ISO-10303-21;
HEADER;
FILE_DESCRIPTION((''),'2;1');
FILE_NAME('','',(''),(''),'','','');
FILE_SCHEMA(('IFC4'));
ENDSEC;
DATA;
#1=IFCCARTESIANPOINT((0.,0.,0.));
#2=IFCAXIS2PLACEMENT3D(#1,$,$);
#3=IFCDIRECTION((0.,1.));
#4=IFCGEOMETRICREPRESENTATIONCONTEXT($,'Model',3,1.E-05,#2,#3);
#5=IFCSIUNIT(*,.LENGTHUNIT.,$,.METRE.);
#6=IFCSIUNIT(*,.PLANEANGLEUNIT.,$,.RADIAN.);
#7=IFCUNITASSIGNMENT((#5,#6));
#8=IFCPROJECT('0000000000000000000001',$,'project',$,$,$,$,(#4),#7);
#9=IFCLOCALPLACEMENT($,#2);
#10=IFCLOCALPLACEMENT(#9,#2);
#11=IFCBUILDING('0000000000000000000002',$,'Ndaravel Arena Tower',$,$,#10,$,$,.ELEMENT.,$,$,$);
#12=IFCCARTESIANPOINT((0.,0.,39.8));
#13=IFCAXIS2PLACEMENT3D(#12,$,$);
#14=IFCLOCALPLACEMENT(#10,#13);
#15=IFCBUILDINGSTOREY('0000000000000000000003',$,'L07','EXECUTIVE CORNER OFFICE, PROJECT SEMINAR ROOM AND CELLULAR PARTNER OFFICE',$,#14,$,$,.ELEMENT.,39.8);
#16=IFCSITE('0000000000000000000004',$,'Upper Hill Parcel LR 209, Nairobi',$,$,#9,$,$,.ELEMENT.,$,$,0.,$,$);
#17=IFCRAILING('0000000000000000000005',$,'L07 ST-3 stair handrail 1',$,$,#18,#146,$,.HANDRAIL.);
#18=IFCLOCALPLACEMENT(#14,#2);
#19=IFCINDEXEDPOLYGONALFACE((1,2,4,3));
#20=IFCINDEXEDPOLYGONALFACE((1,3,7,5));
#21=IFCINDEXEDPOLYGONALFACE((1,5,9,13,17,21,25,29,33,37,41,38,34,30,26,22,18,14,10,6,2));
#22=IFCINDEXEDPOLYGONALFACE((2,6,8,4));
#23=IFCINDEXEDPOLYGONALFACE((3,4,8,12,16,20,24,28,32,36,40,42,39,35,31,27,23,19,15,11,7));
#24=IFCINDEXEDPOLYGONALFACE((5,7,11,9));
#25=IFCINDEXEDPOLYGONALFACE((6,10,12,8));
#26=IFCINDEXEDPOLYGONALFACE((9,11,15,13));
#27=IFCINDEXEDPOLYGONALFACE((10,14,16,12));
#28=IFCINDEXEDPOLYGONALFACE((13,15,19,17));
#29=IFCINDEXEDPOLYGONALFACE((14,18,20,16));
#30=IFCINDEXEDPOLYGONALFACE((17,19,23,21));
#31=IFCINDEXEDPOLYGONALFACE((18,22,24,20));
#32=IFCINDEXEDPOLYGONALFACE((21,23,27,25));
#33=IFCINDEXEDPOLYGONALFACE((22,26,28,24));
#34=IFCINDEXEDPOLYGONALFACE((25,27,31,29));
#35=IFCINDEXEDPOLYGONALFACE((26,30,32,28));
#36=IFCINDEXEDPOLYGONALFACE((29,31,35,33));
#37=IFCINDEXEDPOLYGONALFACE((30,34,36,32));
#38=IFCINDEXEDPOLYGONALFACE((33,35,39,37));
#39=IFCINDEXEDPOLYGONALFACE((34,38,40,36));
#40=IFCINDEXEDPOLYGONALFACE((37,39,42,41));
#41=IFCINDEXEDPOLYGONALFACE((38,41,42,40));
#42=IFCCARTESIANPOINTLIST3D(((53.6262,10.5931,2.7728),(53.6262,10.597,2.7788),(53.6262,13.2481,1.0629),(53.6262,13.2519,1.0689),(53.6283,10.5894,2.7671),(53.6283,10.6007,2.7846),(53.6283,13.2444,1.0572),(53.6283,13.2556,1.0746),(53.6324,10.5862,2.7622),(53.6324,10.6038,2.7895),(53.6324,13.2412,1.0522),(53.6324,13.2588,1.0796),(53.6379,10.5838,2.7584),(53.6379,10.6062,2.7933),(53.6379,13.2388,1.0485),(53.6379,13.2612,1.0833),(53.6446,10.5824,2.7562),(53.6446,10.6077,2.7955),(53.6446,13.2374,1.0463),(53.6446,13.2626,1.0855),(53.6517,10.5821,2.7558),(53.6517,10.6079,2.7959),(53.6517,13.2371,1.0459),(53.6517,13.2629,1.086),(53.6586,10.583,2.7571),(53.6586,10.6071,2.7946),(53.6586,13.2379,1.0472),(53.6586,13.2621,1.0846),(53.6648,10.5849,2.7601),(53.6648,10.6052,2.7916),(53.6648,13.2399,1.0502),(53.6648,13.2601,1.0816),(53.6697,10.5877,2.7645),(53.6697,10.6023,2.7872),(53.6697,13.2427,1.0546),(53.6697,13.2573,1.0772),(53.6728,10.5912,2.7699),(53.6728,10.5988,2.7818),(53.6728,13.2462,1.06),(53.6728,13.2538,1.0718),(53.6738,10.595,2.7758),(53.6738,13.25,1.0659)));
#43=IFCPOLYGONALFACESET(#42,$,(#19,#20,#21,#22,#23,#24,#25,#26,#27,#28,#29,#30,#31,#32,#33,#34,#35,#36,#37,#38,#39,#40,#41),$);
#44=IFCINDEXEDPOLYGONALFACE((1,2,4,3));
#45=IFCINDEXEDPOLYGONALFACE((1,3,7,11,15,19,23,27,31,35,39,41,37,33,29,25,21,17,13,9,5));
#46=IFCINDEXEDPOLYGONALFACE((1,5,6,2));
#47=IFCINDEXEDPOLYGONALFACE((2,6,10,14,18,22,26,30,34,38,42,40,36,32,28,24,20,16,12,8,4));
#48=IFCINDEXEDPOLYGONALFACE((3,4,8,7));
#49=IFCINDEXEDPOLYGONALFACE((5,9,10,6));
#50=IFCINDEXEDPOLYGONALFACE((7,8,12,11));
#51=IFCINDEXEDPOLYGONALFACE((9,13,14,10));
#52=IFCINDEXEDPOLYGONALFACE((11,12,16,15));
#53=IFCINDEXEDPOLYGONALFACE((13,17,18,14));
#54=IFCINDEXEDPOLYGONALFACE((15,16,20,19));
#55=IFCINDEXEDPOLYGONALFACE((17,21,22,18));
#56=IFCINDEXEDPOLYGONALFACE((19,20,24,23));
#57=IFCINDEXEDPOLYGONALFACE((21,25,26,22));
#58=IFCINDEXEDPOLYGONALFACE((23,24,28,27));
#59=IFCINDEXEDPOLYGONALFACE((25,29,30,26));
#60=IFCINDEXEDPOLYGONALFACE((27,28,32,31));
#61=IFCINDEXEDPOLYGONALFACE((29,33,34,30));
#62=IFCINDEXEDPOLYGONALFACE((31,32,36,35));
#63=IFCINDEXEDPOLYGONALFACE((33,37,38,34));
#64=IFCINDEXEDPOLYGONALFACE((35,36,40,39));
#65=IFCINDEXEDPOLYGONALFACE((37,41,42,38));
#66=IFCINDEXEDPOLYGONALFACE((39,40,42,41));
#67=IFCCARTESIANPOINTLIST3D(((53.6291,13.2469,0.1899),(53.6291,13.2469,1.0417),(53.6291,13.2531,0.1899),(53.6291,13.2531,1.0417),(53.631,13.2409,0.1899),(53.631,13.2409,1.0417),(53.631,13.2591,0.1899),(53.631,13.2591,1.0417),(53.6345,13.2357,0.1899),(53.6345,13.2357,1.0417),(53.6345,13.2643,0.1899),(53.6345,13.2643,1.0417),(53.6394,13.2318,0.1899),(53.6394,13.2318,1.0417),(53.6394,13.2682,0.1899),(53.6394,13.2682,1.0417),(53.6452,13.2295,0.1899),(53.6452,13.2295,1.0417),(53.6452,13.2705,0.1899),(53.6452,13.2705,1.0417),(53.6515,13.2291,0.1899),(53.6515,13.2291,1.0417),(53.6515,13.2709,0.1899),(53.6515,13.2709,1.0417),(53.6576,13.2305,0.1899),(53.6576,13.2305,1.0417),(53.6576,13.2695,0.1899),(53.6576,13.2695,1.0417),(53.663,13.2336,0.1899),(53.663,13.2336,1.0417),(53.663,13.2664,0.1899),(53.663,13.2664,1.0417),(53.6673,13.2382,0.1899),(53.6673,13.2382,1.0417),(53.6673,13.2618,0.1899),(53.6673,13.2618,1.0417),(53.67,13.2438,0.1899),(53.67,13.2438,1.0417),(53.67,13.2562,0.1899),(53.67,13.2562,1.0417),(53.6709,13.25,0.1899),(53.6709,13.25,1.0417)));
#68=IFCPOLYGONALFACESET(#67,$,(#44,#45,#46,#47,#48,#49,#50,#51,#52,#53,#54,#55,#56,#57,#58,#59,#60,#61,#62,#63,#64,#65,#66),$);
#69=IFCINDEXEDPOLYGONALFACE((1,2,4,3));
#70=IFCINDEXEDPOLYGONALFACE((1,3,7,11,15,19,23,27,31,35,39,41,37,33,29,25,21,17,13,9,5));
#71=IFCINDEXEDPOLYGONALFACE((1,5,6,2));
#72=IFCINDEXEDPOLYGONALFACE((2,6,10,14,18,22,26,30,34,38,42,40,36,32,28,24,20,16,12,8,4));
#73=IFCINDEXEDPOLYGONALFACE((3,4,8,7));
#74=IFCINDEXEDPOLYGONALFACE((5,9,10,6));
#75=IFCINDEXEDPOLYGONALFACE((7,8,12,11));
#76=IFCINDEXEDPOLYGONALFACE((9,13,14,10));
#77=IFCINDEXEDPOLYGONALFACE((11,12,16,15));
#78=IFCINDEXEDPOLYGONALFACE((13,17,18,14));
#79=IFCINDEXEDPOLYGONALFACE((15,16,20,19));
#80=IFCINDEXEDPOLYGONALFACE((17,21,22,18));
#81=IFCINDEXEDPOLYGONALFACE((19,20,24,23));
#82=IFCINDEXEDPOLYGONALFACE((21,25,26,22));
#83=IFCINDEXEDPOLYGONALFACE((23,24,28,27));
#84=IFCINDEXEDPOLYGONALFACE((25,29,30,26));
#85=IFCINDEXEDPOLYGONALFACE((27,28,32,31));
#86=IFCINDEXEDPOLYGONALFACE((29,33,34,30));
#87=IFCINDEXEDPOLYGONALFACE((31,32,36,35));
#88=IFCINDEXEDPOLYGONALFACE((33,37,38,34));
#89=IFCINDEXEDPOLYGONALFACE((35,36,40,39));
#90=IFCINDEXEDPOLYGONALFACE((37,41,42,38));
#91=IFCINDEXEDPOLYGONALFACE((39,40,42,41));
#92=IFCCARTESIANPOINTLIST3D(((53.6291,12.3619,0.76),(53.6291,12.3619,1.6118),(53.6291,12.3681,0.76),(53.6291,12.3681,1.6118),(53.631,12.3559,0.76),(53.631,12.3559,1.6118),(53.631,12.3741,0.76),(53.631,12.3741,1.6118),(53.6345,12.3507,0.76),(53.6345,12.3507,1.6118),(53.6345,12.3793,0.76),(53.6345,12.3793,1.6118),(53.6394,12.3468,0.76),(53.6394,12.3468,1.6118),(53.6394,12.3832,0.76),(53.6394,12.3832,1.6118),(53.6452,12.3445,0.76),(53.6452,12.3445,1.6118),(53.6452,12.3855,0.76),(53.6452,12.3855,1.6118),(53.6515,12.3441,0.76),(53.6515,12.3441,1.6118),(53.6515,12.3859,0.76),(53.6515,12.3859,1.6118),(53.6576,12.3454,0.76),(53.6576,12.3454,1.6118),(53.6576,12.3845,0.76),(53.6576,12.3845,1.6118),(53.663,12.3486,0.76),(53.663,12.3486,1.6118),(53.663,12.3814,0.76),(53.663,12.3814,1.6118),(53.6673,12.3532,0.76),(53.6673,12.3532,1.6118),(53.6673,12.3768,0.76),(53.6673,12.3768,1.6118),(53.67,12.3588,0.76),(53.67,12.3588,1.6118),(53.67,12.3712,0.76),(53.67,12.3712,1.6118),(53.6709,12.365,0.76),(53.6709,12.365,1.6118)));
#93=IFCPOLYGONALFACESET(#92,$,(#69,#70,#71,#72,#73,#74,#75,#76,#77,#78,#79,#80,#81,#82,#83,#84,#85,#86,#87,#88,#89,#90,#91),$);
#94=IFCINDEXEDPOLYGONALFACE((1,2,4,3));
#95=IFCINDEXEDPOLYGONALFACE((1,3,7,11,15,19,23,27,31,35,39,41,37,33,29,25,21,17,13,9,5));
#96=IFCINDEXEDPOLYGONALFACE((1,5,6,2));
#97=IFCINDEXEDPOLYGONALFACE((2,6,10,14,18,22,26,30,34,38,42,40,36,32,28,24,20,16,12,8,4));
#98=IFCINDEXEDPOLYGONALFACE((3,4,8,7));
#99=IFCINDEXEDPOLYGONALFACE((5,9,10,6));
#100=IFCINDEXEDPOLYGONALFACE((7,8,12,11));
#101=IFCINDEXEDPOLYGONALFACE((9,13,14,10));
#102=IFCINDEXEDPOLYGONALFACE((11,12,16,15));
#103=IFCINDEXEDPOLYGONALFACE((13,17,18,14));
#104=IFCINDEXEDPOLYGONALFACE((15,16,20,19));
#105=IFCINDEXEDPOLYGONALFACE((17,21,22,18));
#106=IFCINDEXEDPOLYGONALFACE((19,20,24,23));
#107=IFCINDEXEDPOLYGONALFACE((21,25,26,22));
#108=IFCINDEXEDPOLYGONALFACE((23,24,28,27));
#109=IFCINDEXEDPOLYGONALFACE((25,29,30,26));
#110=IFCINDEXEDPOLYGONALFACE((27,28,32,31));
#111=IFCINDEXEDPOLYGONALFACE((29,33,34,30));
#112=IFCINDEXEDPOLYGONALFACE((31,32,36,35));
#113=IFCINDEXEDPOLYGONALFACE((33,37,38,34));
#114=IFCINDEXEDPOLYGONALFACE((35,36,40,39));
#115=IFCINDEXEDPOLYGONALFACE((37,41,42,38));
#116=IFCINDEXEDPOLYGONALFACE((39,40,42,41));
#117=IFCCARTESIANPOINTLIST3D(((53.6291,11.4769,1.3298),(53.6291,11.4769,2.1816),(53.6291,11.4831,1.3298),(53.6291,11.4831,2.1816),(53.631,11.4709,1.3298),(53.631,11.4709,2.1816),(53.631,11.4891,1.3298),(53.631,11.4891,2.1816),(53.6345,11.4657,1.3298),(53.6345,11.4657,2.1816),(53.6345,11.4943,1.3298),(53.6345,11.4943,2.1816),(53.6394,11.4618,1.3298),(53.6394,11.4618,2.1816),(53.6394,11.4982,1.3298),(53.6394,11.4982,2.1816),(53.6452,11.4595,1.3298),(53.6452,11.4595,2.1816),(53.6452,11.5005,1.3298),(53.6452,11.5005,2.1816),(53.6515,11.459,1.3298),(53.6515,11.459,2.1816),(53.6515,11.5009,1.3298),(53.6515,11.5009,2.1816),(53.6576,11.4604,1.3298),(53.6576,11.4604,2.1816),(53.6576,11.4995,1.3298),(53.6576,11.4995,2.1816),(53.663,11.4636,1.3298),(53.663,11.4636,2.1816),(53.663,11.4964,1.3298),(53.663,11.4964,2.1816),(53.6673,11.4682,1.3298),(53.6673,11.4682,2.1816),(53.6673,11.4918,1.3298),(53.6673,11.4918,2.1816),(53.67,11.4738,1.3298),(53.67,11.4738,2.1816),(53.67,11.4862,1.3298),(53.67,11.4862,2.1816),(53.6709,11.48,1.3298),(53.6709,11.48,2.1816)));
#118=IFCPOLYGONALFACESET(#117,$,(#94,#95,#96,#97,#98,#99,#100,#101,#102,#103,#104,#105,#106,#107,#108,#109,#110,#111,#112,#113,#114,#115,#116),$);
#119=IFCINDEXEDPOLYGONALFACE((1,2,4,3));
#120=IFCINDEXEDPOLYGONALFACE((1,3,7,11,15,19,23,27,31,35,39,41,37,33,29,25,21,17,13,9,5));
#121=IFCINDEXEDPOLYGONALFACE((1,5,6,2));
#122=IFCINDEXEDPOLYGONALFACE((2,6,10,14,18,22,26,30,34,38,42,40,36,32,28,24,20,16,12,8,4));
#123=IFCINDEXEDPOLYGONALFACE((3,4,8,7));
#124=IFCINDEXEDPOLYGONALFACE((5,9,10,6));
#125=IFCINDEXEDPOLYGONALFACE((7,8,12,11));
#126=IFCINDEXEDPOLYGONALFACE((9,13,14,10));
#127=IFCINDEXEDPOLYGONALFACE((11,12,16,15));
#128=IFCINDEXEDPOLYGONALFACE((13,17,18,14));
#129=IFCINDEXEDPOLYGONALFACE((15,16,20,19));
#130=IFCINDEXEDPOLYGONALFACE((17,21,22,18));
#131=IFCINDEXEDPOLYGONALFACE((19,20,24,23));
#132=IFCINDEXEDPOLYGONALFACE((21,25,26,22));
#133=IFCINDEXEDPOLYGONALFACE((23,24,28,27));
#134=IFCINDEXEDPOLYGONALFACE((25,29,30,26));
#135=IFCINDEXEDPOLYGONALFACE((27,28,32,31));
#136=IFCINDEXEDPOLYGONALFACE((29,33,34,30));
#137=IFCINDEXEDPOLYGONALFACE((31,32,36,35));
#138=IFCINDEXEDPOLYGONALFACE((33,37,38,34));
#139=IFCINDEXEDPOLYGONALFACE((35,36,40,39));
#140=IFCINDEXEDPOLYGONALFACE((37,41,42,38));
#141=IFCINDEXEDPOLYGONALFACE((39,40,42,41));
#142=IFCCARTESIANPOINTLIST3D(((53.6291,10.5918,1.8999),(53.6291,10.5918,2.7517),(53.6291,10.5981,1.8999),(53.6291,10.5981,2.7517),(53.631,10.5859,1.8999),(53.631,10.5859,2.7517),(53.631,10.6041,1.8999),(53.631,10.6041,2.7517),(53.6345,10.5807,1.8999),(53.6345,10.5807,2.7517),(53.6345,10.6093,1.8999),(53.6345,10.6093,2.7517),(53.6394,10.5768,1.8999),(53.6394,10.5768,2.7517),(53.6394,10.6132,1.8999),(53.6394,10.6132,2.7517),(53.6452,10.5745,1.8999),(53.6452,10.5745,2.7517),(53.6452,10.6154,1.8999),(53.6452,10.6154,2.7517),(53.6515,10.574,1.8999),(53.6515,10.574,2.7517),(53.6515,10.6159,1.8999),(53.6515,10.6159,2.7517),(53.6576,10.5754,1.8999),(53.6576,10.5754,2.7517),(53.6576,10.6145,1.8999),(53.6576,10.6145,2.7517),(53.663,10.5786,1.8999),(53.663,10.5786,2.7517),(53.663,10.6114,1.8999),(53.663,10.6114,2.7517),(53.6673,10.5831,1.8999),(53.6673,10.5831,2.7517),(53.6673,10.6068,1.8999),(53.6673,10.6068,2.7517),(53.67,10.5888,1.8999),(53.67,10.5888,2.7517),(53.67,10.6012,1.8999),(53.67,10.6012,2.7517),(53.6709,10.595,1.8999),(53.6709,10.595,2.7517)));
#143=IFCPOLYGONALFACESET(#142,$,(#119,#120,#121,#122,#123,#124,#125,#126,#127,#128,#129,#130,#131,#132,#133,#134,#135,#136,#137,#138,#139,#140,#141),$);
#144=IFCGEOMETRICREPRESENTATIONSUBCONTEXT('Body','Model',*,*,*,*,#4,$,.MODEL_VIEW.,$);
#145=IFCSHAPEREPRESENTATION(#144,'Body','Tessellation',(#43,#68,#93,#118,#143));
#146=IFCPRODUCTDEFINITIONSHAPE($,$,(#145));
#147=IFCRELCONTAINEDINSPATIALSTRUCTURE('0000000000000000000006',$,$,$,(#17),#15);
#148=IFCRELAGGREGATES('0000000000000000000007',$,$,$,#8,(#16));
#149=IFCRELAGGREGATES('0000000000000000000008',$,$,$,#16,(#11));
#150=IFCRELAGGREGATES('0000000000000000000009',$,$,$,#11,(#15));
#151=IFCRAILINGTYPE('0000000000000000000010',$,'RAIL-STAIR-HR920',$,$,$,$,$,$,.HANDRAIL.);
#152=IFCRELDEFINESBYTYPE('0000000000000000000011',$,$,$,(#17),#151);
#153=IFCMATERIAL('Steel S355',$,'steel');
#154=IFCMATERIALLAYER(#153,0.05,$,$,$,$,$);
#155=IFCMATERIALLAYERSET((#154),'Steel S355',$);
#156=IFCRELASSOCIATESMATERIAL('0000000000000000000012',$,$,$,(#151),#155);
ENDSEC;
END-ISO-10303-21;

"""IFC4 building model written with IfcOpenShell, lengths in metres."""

from ifc_helpers import new_model, si_unit, direction, frame, origin, origin_2d, place, context, subcontext, project, spatial, circle, extrude, material, layer, layer_set, type_object, element, save


model = new_model("IFC4")

# Units and contexts
model_context = context("Model", 3, precision=1e-05, world=origin(), true_north=direction((0.0, 1.0)))
body_context = subcontext(model_context, "Body", "Model", "MODEL_VIEW")
ifc_project = project(units=[si_unit("LENGTHUNIT", "METRE"), si_unit("PLANEANGLEUNIT", "RADIAN")], contexts=[model_context])

# Site, building, storey
site_placement = place(None, origin())
site = spatial("IfcSite", under=ifc_project, at=site_placement, Name="Upper Hill Parcel LR 209, Nairobi", CompositionType="ELEMENT", RefElevation=0.0)
building_placement = place(site_placement, origin())
building = spatial("IfcBuilding", under=site, at=building_placement, Name="Ndaravel Arena Tower", CompositionType="ELEMENT")
storey_placement = place(building_placement, frame((0.0, 0.0, 39.8)))
storey = spatial("IfcBuildingStorey", under=building, at=storey_placement, Name="L07", Description="EXECUTIVE CORNER OFFICE, PROJECT SEMINAR ROOM AND CELLULAR PARTNER OFFICE", CompositionType="ELEMENT", Elevation=39.8)

# Railing
ifc_material_1 = material(Name="Steel S355", Category="steel")
ifc_layer_1 = layer(ifc_material_1, 0.05)
ifc_layer_set_1 = layer_set([ifc_layer_1], Name="Steel S355")
railing_type_1 = type_object("IfcRailingType", Name="RAIL-STAIR-HR920", PredefinedType="HANDRAIL", material=ifc_layer_set_1)
railing_1_placement = place(storey_placement, frame((53.6499, 13.25, 0.1899)))
element("IfcRailing", 1, at=railing_1_placement, inside=storey, type_object=railing_type_1, Name="L07 ST-3 stair handrail 1", PredefinedType="HANDRAIL", context=body_context, shape_type="SweptSolid", body=[
    extrude(circle(Radius=0.0239, at=origin_2d()), frame((0.0, 0.0, 0.876), z_axis=(0.0, -0.840724, 0.541465), x_axis=(1.0, 0.0, 0.0)), (0.0, 0.0, 1.0), 3.158),
    extrude(circle(Radius=0.021, at=origin_2d()), origin(), (0.0, 0.0, 1.0), 0.8518),
    extrude(circle(Radius=0.021, at=origin_2d()), frame((0.0, -0.885, 0.5701)), (0.0, 0.0, 1.0), 0.8518),
    extrude(circle(Radius=0.021, at=origin_2d()), frame((0.0, -1.77, 1.1399)), (0.0, 0.0, 1.0), 0.8518),
    extrude(circle(Radius=0.021, at=origin_2d()), frame((0.0, -2.655, 1.71)), (0.0, 0.0, 1.0), 0.8518),
])

save(model, "model.ifc")
